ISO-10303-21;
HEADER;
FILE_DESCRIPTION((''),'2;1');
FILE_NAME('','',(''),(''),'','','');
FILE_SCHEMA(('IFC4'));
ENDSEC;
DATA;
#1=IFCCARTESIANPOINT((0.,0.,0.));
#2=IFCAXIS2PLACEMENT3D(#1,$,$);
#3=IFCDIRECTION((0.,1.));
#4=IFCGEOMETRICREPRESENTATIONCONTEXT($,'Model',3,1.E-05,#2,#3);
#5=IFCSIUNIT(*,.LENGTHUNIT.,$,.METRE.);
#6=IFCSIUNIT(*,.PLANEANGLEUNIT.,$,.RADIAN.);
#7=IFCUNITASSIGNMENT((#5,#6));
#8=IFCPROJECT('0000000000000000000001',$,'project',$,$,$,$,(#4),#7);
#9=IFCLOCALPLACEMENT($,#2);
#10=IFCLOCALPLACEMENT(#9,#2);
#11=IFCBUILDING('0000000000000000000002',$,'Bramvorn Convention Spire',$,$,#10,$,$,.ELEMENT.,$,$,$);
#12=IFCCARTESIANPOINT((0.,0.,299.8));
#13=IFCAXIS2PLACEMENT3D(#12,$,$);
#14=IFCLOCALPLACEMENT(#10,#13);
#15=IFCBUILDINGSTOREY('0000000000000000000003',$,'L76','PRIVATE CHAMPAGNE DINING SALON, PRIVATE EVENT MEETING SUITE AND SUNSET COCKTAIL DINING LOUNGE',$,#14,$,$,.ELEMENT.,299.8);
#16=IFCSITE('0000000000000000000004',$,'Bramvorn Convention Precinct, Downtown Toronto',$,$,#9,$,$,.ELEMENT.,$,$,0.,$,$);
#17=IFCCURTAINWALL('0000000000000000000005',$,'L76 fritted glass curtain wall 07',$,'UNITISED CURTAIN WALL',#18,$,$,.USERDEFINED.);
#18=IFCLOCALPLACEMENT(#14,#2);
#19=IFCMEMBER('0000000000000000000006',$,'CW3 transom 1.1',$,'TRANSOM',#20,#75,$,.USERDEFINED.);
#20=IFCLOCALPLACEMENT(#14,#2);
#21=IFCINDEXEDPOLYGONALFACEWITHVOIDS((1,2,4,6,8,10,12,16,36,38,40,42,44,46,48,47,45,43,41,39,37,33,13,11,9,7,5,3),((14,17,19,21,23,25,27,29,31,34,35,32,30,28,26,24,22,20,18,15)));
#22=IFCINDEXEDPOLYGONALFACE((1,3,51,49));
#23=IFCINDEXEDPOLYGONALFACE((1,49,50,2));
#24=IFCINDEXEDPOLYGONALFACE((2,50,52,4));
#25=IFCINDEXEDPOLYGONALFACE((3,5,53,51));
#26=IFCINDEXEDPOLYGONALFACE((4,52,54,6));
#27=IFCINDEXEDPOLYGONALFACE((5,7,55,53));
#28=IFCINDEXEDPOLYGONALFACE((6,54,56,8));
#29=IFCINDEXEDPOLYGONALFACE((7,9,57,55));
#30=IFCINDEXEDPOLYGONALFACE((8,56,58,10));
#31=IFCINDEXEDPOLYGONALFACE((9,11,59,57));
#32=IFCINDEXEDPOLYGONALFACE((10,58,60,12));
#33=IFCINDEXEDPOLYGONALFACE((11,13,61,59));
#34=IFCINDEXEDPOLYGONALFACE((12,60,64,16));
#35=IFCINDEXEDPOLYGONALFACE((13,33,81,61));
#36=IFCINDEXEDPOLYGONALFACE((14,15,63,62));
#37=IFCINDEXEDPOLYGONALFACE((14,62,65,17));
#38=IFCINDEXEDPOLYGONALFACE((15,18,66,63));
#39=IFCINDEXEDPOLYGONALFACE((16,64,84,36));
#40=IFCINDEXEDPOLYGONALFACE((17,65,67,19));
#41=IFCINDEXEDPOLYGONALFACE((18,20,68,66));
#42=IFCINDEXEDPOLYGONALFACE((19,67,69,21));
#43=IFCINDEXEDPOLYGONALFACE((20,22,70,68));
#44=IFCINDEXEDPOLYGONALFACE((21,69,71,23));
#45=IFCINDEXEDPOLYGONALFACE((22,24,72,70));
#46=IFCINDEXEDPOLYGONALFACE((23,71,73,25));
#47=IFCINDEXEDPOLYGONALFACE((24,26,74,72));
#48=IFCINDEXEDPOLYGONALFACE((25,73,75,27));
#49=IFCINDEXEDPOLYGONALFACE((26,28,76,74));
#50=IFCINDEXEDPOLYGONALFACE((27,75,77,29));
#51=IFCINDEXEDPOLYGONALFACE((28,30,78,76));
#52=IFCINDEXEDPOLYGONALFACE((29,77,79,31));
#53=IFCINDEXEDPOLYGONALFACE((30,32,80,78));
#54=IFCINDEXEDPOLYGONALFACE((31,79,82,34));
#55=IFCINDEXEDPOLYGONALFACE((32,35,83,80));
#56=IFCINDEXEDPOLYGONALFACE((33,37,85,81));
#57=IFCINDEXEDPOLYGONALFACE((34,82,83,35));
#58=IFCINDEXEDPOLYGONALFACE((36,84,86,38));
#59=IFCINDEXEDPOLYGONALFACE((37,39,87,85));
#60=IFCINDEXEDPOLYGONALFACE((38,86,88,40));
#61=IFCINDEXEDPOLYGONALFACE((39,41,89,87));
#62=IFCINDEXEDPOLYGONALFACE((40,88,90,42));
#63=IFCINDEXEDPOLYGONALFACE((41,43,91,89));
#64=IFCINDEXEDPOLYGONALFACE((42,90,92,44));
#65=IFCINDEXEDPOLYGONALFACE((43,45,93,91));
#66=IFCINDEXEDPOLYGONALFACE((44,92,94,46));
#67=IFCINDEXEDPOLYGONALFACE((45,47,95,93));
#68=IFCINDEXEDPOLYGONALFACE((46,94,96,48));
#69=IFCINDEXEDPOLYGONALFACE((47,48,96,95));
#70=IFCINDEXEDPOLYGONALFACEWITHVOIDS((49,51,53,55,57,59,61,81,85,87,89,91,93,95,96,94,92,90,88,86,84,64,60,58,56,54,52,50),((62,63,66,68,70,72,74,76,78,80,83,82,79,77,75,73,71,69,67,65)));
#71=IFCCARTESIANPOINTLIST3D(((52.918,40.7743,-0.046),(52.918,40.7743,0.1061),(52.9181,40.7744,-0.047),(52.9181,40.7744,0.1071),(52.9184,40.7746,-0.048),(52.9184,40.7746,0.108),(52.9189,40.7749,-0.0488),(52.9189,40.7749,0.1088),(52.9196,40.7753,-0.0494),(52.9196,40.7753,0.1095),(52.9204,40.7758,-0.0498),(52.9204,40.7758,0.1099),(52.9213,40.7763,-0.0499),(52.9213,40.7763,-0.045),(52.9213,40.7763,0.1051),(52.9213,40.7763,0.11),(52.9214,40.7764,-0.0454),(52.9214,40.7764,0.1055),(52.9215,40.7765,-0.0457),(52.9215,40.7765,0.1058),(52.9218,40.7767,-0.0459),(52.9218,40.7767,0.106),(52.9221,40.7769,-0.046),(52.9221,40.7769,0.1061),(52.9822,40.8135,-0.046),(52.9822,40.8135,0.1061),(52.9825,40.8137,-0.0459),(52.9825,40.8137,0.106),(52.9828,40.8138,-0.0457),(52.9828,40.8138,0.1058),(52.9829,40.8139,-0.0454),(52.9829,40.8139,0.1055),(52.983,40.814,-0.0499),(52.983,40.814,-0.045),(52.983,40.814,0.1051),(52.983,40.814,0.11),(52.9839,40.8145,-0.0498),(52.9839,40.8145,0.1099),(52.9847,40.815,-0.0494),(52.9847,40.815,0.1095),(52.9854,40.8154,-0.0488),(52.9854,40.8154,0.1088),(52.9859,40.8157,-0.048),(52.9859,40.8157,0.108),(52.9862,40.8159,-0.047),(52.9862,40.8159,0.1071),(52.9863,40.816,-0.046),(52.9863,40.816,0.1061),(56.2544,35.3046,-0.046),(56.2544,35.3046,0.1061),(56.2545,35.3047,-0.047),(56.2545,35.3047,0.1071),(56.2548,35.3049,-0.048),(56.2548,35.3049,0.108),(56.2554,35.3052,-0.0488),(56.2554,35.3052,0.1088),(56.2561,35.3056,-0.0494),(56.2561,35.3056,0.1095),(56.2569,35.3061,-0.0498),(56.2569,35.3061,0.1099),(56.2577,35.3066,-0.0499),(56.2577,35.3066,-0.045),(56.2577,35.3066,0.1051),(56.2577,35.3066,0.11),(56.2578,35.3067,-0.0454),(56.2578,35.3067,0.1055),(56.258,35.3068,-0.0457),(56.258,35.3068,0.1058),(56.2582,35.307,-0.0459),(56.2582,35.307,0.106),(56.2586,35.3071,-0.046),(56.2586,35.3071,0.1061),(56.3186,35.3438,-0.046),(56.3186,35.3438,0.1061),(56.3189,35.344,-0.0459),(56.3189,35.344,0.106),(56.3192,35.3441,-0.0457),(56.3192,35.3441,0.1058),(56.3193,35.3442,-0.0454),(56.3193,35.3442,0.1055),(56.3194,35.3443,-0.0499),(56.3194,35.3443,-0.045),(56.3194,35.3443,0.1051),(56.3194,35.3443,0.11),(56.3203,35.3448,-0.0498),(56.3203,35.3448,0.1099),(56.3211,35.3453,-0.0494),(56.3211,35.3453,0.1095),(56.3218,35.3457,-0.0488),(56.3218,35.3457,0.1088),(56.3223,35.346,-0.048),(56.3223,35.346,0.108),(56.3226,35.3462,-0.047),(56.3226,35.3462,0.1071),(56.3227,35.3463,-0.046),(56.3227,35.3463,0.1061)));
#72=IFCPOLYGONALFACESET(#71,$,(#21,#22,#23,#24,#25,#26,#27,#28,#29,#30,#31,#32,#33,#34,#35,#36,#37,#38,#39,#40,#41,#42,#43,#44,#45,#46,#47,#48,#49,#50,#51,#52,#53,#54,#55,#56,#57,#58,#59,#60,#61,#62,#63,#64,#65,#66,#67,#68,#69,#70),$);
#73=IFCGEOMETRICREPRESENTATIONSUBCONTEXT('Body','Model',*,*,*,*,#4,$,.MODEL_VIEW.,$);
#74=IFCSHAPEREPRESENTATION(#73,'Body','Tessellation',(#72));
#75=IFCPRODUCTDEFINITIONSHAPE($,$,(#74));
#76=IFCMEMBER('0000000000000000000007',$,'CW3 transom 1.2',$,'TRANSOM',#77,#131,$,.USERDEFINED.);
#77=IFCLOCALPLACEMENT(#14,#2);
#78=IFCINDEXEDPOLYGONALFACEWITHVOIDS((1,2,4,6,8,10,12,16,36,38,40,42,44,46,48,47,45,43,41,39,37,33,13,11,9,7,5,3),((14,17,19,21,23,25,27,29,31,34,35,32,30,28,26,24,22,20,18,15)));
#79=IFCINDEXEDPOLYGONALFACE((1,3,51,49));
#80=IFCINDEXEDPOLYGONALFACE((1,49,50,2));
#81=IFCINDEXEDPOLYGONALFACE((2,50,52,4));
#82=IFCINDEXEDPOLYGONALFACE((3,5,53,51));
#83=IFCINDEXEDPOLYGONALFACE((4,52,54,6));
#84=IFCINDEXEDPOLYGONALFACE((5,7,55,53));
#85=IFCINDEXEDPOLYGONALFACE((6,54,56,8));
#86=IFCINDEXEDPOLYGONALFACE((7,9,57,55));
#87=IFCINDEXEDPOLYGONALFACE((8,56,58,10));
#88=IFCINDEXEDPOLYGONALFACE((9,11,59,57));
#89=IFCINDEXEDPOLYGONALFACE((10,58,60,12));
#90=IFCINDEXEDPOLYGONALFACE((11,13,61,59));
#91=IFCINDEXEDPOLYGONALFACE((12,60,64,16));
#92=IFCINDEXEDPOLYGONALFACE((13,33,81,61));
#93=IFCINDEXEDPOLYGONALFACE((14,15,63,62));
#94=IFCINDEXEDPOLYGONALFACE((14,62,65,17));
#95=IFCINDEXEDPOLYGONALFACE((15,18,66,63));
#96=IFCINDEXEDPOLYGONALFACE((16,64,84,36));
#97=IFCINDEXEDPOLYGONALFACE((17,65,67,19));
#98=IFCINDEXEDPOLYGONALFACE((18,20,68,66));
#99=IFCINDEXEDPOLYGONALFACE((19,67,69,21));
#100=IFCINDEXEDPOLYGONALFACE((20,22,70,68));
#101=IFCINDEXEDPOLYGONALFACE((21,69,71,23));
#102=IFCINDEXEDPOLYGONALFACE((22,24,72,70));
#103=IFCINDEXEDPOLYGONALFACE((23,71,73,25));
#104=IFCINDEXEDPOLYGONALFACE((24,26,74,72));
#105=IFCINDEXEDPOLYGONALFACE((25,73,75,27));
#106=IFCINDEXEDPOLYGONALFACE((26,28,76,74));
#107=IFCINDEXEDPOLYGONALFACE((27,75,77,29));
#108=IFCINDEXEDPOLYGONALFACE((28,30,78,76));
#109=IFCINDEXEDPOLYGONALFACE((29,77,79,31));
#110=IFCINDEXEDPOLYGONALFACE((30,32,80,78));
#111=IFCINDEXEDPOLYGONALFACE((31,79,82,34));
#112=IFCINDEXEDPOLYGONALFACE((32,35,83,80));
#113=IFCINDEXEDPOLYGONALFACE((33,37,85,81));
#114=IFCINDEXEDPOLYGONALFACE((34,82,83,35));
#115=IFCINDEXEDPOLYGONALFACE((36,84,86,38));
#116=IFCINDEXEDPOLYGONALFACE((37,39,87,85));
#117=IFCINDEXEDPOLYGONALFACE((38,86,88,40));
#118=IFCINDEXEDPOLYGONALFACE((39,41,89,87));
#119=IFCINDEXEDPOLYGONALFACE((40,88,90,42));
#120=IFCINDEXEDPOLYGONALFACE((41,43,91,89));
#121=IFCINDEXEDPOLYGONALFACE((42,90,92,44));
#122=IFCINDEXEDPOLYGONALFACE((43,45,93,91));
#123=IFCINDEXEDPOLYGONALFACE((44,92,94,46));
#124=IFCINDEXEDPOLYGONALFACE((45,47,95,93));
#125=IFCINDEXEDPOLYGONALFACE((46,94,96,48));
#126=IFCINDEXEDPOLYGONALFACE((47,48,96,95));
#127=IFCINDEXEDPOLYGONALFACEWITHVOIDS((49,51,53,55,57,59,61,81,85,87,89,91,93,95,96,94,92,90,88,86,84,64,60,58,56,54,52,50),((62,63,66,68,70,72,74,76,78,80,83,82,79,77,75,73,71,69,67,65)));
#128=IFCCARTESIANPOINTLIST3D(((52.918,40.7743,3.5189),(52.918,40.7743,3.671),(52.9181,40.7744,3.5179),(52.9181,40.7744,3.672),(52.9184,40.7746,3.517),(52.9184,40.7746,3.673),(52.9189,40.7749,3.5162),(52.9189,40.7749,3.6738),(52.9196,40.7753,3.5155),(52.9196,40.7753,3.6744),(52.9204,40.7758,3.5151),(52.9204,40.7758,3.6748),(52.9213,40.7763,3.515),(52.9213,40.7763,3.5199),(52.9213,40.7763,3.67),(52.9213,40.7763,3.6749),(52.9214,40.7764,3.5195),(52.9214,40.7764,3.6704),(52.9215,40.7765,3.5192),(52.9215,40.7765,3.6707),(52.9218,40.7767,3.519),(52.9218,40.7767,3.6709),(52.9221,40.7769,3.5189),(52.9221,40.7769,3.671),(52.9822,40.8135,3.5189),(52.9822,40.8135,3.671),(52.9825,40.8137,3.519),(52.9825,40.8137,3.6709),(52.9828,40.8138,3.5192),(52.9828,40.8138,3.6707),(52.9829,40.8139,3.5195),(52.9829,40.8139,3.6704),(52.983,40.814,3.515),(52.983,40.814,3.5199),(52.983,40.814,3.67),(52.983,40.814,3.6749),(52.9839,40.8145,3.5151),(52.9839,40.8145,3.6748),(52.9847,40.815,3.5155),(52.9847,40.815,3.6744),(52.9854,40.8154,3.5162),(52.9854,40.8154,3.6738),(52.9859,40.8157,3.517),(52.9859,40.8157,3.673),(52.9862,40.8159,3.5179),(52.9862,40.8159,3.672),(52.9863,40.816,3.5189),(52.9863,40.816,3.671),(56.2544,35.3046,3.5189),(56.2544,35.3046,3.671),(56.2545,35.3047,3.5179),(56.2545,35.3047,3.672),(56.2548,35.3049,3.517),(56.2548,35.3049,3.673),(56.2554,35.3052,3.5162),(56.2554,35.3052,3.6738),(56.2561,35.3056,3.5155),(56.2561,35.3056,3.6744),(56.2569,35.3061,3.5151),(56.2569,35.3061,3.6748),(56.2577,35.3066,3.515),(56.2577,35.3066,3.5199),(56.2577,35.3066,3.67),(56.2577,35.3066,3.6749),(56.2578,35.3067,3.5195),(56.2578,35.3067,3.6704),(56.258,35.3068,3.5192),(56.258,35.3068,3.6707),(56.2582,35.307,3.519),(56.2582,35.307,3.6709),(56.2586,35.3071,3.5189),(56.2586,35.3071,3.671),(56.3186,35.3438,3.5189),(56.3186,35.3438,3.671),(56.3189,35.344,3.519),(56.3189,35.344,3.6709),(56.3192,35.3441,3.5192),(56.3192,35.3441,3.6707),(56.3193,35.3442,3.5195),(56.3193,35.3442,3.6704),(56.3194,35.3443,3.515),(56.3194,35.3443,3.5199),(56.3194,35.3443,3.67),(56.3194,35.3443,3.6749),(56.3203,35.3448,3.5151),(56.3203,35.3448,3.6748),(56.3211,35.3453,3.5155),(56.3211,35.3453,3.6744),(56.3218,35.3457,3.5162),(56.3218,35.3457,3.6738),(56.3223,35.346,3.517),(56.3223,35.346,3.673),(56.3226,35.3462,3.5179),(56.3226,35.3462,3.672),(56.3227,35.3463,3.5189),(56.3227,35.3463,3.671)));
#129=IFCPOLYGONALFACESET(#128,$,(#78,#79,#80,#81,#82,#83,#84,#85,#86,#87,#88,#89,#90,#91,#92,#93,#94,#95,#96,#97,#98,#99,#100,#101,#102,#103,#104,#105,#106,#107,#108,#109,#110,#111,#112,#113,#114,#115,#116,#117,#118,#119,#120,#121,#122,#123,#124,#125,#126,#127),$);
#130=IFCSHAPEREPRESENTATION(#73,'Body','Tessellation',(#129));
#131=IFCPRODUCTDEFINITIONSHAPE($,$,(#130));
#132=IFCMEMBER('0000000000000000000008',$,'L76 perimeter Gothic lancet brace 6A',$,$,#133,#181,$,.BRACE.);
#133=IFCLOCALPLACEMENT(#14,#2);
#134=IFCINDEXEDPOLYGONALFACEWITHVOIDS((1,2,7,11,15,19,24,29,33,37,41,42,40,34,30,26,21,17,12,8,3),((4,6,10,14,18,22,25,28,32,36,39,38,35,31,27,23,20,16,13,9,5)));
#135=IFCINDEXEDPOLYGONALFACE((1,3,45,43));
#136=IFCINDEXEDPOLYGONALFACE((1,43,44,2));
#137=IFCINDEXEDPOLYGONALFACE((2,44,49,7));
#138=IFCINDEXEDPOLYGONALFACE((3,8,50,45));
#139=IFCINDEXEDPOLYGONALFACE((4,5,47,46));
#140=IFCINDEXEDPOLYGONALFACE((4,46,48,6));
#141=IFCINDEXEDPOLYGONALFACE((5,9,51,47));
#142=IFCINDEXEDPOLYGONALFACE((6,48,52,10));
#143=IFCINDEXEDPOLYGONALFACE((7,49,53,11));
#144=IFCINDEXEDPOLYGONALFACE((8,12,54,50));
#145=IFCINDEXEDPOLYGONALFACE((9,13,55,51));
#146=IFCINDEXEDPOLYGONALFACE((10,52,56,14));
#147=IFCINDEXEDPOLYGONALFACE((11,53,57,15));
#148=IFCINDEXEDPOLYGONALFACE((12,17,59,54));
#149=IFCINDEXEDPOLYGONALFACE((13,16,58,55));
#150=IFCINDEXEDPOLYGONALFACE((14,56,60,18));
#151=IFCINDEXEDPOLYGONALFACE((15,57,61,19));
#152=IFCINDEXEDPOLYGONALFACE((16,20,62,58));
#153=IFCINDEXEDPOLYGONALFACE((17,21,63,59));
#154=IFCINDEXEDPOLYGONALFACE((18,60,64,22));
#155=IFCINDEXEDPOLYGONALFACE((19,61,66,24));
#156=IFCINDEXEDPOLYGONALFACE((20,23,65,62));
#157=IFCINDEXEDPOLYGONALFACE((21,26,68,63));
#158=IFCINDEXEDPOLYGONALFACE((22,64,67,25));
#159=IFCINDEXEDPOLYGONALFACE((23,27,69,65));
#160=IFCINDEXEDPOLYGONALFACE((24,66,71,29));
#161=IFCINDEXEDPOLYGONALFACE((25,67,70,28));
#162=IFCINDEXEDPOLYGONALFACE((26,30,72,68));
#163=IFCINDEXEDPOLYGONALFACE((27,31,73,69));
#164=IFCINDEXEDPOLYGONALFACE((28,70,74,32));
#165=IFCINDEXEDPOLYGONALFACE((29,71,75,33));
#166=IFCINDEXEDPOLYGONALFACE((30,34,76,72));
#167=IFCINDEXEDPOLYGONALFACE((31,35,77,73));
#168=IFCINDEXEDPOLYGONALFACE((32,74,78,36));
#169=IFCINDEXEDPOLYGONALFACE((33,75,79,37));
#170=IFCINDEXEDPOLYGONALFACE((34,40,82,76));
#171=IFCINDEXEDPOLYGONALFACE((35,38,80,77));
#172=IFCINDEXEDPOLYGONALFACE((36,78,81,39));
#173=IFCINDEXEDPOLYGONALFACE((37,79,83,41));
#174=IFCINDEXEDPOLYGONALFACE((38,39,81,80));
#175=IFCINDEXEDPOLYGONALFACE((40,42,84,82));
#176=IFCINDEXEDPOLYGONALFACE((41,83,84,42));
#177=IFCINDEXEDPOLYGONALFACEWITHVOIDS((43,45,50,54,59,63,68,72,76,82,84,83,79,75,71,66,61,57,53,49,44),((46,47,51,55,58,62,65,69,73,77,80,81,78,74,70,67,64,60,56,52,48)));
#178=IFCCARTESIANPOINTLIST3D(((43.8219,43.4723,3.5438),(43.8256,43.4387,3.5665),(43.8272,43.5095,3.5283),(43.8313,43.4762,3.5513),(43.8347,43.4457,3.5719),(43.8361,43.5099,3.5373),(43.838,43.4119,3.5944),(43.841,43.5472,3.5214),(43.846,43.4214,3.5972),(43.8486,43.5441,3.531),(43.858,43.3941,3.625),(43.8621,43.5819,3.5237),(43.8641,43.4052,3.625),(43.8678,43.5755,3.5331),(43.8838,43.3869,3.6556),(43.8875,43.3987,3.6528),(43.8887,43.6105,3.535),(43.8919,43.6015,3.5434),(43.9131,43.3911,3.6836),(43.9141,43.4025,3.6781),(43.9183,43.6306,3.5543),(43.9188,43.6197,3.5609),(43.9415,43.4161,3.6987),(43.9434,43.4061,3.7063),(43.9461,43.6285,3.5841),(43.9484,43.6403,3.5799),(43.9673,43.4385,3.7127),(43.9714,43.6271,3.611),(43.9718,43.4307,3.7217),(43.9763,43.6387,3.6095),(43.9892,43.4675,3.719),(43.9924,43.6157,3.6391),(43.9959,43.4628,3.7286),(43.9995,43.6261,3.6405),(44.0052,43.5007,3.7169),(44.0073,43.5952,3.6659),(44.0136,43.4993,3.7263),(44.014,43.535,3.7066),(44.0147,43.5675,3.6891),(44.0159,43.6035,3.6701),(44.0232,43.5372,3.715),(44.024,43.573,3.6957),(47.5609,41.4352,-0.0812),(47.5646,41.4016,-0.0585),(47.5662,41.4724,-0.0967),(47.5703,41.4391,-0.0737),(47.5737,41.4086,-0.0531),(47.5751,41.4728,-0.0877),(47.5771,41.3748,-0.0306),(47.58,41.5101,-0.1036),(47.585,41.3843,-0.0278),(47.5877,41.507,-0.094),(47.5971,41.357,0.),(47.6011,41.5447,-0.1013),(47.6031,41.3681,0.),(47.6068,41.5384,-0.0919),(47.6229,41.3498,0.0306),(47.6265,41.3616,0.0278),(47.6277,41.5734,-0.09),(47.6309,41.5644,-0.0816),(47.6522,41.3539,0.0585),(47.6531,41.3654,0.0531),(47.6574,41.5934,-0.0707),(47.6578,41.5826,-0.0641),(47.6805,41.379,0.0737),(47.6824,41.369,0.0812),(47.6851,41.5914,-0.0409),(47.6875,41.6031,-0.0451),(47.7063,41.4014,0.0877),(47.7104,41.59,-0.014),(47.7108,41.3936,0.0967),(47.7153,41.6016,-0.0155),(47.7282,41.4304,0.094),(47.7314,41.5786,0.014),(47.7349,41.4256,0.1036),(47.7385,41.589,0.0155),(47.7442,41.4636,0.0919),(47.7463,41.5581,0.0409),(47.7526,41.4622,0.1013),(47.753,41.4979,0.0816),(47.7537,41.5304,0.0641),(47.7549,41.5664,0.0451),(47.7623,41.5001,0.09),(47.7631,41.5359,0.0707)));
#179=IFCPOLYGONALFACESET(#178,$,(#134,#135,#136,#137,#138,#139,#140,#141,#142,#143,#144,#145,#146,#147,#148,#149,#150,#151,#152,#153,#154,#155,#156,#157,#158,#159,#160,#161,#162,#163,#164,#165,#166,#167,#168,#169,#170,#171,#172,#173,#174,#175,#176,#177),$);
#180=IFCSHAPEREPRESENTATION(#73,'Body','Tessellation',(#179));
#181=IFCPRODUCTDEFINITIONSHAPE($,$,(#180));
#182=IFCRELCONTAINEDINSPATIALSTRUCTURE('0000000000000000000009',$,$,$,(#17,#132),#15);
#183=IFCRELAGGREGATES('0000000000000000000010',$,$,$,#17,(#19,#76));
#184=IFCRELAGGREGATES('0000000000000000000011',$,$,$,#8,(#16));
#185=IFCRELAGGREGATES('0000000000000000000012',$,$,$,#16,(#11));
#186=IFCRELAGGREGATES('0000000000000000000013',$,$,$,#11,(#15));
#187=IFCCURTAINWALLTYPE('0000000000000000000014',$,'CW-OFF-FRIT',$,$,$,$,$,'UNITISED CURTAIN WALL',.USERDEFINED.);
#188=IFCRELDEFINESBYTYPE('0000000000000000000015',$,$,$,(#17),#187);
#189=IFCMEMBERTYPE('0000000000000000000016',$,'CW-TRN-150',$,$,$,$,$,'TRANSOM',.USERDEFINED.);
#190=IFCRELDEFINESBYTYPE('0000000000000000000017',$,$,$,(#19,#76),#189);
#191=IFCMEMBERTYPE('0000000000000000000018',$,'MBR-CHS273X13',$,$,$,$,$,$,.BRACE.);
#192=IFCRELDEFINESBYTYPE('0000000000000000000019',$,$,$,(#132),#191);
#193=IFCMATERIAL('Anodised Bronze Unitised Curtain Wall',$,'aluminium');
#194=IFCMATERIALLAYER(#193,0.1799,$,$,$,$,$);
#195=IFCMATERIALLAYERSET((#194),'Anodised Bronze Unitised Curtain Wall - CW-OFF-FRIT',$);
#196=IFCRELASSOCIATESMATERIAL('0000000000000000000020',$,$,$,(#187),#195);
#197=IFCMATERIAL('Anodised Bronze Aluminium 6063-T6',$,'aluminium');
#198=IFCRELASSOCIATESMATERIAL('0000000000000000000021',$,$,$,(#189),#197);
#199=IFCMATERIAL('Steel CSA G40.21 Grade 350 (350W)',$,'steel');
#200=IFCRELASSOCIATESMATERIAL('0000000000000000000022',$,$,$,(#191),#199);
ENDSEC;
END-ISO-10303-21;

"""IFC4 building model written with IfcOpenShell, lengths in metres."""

from ifc_helpers import new_model, si_unit, direction, frame, origin, origin_2d, place, context, subcontext, project, spatial, hollow_rectangle, hollow_circle, extrude, material, layer, layer_set, material_profile, profile_set, type_object, element, aggregate, save


model = new_model("IFC4")

# Units and contexts
model_context = context("Model", 3, precision=1e-05, world=origin(), true_north=direction((0.0, 1.0)))
body_context = subcontext(model_context, "Body", "Model", "MODEL_VIEW")
ifc_project = project(units=[si_unit("LENGTHUNIT", "METRE"), si_unit("PLANEANGLEUNIT", "RADIAN")], contexts=[model_context])

# Site, building, storey
site_placement = place(None, origin())
site = spatial("IfcSite", under=ifc_project, at=site_placement, Name="Bramvorn Convention Precinct, Downtown Toronto", CompositionType="ELEMENT", RefElevation=0.0)
building_placement = place(site_placement, origin())
building = spatial("IfcBuilding", under=site, at=building_placement, Name="Bramvorn Convention Spire", CompositionType="ELEMENT")
storey_placement = place(building_placement, frame((0.0, 0.0, 299.8)))
storey = spatial("IfcBuildingStorey", under=building, at=storey_placement, Name="L76", Description="PRIVATE CHAMPAGNE DINING SALON, PRIVATE EVENT MEETING SUITE AND SUNSET COCKTAIL DINING LOUNGE", CompositionType="ELEMENT", Elevation=299.8)

# Shared definitions
ifc_material_1 = material(Name="Steel CSA G40.21 Grade 350 (350W)", Category="steel")

# Shared definitions
ifc_material_2 = material(Name="Anodised Bronze Unitised Curtain Wall", Category="aluminium")
ifc_layer_1 = layer(ifc_material_2, 0.1799)
ifc_layer_set_1 = layer_set([ifc_layer_1], Name="Anodised Bronze Unitised Curtain Wall - CW-OFF-FRIT")
curtain_wall_type = type_object("IfcCurtainWallType", Name="CW-OFF-FRIT", ElementType="UNITISED CURTAIN WALL", PredefinedType="USERDEFINED", material=ifc_layer_set_1)
ifc_material_3 = material(Name="Anodised Bronze Aluminium 6063-T6", Category="aluminium")

# Curtain wall, members
curtain_wall_1_placement = place(storey_placement, origin())
curtain_wall_1 = element("IfcCurtainWall", 1, at=curtain_wall_1_placement, inside=storey, type_object=curtain_wall_type, Name="L76 fritted glass curtain wall 07", ObjectType="UNITISED CURTAIN WALL", PredefinedType="USERDEFINED")
ifc_material_profile_1 = material_profile(ifc_material_3, hollow_rectangle(XDim=0.0801, YDim=0.1599, WallThickness=0.0039, InnerFilletRadius=0.001, OuterFilletRadius=0.0039, at=origin_2d()))
ifc_profile_set_1 = profile_set([ifc_material_profile_1], Name="Anodised Bronze Aluminium 6063-T6 - CWT80X160")
member_type_1 = type_object("IfcMemberType", Name="CW-TRN-150", ElementType="TRANSOM", PredefinedType="USERDEFINED", material=ifc_profile_set_1)
member_1_placement = place(storey_placement, frame((52.9521, 40.7952, 0.03), z_axis=(0.520747, -0.853711, 0.0), x_axis=(0.853711, 0.520747, 0.0)))
member_1 = element("IfcMember", 2, at=member_1_placement, type_object=member_type_1, Name="CW3 transom 1.1", ObjectType="TRANSOM", PredefinedType="USERDEFINED", context=body_context, shape_type="SweptSolid", body=[
    extrude(hollow_rectangle(XDim=0.0801, YDim=0.1599, WallThickness=0.0039, InnerFilletRadius=0.001, OuterFilletRadius=0.0039, at=origin_2d()), origin(), (0.0, 0.0, 1.0), 6.407),
])
member_2_placement = place(storey_placement, frame((52.9521, 40.7952, 3.595), z_axis=(0.520747, -0.853711, 0.0), x_axis=(0.853711, 0.520747, 0.0)))
member_2 = element("IfcMember", 3, at=member_2_placement, type_object=member_type_1, Name="CW3 transom 1.2", ObjectType="TRANSOM", PredefinedType="USERDEFINED", context=body_context, shape_type="SweptSolid", body=[
    extrude(hollow_rectangle(XDim=0.0801, YDim=0.1599, WallThickness=0.0039, InnerFilletRadius=0.001, OuterFilletRadius=0.0039, at=origin_2d()), origin(), (0.0, 0.0, 1.0), 6.407),
])

# Member
ifc_material_profile_2 = material_profile(ifc_material_1, hollow_circle(Radius=0.1365, WallThickness=0.0127, at=origin_2d()))
ifc_profile_set_2 = profile_set([ifc_material_profile_2], Name="Steel CSA G40.21 Grade 350 (350W) - CHS273X13")
member_type_2 = type_object("IfcMemberType", Name="MBR-CHS273X13", PredefinedType="BRACE", material=ifc_profile_set_2)
member_3_placement = place(storey_placement, frame((47.6624, 41.4768, 0.0), z_axis=(-0.668634, 0.364289, 0.648245), x_axis=(-0.478426, -0.878128, 0.0)))
element("IfcMember", 4, at=member_3_placement, inside=storey, type_object=member_type_2, Name="L76 perimeter Gothic lancet brace 6A", PredefinedType="BRACE", context=body_context, shape_type="SweptSolid", body=[
    extrude(hollow_circle(Radius=0.1365, WallThickness=0.0127, at=origin_2d()), origin(), (0.0, 0.0, 1.0), 5.592),
])

aggregate(curtain_wall_1, [member_1, member_2])

save(model, "model.ifc")
